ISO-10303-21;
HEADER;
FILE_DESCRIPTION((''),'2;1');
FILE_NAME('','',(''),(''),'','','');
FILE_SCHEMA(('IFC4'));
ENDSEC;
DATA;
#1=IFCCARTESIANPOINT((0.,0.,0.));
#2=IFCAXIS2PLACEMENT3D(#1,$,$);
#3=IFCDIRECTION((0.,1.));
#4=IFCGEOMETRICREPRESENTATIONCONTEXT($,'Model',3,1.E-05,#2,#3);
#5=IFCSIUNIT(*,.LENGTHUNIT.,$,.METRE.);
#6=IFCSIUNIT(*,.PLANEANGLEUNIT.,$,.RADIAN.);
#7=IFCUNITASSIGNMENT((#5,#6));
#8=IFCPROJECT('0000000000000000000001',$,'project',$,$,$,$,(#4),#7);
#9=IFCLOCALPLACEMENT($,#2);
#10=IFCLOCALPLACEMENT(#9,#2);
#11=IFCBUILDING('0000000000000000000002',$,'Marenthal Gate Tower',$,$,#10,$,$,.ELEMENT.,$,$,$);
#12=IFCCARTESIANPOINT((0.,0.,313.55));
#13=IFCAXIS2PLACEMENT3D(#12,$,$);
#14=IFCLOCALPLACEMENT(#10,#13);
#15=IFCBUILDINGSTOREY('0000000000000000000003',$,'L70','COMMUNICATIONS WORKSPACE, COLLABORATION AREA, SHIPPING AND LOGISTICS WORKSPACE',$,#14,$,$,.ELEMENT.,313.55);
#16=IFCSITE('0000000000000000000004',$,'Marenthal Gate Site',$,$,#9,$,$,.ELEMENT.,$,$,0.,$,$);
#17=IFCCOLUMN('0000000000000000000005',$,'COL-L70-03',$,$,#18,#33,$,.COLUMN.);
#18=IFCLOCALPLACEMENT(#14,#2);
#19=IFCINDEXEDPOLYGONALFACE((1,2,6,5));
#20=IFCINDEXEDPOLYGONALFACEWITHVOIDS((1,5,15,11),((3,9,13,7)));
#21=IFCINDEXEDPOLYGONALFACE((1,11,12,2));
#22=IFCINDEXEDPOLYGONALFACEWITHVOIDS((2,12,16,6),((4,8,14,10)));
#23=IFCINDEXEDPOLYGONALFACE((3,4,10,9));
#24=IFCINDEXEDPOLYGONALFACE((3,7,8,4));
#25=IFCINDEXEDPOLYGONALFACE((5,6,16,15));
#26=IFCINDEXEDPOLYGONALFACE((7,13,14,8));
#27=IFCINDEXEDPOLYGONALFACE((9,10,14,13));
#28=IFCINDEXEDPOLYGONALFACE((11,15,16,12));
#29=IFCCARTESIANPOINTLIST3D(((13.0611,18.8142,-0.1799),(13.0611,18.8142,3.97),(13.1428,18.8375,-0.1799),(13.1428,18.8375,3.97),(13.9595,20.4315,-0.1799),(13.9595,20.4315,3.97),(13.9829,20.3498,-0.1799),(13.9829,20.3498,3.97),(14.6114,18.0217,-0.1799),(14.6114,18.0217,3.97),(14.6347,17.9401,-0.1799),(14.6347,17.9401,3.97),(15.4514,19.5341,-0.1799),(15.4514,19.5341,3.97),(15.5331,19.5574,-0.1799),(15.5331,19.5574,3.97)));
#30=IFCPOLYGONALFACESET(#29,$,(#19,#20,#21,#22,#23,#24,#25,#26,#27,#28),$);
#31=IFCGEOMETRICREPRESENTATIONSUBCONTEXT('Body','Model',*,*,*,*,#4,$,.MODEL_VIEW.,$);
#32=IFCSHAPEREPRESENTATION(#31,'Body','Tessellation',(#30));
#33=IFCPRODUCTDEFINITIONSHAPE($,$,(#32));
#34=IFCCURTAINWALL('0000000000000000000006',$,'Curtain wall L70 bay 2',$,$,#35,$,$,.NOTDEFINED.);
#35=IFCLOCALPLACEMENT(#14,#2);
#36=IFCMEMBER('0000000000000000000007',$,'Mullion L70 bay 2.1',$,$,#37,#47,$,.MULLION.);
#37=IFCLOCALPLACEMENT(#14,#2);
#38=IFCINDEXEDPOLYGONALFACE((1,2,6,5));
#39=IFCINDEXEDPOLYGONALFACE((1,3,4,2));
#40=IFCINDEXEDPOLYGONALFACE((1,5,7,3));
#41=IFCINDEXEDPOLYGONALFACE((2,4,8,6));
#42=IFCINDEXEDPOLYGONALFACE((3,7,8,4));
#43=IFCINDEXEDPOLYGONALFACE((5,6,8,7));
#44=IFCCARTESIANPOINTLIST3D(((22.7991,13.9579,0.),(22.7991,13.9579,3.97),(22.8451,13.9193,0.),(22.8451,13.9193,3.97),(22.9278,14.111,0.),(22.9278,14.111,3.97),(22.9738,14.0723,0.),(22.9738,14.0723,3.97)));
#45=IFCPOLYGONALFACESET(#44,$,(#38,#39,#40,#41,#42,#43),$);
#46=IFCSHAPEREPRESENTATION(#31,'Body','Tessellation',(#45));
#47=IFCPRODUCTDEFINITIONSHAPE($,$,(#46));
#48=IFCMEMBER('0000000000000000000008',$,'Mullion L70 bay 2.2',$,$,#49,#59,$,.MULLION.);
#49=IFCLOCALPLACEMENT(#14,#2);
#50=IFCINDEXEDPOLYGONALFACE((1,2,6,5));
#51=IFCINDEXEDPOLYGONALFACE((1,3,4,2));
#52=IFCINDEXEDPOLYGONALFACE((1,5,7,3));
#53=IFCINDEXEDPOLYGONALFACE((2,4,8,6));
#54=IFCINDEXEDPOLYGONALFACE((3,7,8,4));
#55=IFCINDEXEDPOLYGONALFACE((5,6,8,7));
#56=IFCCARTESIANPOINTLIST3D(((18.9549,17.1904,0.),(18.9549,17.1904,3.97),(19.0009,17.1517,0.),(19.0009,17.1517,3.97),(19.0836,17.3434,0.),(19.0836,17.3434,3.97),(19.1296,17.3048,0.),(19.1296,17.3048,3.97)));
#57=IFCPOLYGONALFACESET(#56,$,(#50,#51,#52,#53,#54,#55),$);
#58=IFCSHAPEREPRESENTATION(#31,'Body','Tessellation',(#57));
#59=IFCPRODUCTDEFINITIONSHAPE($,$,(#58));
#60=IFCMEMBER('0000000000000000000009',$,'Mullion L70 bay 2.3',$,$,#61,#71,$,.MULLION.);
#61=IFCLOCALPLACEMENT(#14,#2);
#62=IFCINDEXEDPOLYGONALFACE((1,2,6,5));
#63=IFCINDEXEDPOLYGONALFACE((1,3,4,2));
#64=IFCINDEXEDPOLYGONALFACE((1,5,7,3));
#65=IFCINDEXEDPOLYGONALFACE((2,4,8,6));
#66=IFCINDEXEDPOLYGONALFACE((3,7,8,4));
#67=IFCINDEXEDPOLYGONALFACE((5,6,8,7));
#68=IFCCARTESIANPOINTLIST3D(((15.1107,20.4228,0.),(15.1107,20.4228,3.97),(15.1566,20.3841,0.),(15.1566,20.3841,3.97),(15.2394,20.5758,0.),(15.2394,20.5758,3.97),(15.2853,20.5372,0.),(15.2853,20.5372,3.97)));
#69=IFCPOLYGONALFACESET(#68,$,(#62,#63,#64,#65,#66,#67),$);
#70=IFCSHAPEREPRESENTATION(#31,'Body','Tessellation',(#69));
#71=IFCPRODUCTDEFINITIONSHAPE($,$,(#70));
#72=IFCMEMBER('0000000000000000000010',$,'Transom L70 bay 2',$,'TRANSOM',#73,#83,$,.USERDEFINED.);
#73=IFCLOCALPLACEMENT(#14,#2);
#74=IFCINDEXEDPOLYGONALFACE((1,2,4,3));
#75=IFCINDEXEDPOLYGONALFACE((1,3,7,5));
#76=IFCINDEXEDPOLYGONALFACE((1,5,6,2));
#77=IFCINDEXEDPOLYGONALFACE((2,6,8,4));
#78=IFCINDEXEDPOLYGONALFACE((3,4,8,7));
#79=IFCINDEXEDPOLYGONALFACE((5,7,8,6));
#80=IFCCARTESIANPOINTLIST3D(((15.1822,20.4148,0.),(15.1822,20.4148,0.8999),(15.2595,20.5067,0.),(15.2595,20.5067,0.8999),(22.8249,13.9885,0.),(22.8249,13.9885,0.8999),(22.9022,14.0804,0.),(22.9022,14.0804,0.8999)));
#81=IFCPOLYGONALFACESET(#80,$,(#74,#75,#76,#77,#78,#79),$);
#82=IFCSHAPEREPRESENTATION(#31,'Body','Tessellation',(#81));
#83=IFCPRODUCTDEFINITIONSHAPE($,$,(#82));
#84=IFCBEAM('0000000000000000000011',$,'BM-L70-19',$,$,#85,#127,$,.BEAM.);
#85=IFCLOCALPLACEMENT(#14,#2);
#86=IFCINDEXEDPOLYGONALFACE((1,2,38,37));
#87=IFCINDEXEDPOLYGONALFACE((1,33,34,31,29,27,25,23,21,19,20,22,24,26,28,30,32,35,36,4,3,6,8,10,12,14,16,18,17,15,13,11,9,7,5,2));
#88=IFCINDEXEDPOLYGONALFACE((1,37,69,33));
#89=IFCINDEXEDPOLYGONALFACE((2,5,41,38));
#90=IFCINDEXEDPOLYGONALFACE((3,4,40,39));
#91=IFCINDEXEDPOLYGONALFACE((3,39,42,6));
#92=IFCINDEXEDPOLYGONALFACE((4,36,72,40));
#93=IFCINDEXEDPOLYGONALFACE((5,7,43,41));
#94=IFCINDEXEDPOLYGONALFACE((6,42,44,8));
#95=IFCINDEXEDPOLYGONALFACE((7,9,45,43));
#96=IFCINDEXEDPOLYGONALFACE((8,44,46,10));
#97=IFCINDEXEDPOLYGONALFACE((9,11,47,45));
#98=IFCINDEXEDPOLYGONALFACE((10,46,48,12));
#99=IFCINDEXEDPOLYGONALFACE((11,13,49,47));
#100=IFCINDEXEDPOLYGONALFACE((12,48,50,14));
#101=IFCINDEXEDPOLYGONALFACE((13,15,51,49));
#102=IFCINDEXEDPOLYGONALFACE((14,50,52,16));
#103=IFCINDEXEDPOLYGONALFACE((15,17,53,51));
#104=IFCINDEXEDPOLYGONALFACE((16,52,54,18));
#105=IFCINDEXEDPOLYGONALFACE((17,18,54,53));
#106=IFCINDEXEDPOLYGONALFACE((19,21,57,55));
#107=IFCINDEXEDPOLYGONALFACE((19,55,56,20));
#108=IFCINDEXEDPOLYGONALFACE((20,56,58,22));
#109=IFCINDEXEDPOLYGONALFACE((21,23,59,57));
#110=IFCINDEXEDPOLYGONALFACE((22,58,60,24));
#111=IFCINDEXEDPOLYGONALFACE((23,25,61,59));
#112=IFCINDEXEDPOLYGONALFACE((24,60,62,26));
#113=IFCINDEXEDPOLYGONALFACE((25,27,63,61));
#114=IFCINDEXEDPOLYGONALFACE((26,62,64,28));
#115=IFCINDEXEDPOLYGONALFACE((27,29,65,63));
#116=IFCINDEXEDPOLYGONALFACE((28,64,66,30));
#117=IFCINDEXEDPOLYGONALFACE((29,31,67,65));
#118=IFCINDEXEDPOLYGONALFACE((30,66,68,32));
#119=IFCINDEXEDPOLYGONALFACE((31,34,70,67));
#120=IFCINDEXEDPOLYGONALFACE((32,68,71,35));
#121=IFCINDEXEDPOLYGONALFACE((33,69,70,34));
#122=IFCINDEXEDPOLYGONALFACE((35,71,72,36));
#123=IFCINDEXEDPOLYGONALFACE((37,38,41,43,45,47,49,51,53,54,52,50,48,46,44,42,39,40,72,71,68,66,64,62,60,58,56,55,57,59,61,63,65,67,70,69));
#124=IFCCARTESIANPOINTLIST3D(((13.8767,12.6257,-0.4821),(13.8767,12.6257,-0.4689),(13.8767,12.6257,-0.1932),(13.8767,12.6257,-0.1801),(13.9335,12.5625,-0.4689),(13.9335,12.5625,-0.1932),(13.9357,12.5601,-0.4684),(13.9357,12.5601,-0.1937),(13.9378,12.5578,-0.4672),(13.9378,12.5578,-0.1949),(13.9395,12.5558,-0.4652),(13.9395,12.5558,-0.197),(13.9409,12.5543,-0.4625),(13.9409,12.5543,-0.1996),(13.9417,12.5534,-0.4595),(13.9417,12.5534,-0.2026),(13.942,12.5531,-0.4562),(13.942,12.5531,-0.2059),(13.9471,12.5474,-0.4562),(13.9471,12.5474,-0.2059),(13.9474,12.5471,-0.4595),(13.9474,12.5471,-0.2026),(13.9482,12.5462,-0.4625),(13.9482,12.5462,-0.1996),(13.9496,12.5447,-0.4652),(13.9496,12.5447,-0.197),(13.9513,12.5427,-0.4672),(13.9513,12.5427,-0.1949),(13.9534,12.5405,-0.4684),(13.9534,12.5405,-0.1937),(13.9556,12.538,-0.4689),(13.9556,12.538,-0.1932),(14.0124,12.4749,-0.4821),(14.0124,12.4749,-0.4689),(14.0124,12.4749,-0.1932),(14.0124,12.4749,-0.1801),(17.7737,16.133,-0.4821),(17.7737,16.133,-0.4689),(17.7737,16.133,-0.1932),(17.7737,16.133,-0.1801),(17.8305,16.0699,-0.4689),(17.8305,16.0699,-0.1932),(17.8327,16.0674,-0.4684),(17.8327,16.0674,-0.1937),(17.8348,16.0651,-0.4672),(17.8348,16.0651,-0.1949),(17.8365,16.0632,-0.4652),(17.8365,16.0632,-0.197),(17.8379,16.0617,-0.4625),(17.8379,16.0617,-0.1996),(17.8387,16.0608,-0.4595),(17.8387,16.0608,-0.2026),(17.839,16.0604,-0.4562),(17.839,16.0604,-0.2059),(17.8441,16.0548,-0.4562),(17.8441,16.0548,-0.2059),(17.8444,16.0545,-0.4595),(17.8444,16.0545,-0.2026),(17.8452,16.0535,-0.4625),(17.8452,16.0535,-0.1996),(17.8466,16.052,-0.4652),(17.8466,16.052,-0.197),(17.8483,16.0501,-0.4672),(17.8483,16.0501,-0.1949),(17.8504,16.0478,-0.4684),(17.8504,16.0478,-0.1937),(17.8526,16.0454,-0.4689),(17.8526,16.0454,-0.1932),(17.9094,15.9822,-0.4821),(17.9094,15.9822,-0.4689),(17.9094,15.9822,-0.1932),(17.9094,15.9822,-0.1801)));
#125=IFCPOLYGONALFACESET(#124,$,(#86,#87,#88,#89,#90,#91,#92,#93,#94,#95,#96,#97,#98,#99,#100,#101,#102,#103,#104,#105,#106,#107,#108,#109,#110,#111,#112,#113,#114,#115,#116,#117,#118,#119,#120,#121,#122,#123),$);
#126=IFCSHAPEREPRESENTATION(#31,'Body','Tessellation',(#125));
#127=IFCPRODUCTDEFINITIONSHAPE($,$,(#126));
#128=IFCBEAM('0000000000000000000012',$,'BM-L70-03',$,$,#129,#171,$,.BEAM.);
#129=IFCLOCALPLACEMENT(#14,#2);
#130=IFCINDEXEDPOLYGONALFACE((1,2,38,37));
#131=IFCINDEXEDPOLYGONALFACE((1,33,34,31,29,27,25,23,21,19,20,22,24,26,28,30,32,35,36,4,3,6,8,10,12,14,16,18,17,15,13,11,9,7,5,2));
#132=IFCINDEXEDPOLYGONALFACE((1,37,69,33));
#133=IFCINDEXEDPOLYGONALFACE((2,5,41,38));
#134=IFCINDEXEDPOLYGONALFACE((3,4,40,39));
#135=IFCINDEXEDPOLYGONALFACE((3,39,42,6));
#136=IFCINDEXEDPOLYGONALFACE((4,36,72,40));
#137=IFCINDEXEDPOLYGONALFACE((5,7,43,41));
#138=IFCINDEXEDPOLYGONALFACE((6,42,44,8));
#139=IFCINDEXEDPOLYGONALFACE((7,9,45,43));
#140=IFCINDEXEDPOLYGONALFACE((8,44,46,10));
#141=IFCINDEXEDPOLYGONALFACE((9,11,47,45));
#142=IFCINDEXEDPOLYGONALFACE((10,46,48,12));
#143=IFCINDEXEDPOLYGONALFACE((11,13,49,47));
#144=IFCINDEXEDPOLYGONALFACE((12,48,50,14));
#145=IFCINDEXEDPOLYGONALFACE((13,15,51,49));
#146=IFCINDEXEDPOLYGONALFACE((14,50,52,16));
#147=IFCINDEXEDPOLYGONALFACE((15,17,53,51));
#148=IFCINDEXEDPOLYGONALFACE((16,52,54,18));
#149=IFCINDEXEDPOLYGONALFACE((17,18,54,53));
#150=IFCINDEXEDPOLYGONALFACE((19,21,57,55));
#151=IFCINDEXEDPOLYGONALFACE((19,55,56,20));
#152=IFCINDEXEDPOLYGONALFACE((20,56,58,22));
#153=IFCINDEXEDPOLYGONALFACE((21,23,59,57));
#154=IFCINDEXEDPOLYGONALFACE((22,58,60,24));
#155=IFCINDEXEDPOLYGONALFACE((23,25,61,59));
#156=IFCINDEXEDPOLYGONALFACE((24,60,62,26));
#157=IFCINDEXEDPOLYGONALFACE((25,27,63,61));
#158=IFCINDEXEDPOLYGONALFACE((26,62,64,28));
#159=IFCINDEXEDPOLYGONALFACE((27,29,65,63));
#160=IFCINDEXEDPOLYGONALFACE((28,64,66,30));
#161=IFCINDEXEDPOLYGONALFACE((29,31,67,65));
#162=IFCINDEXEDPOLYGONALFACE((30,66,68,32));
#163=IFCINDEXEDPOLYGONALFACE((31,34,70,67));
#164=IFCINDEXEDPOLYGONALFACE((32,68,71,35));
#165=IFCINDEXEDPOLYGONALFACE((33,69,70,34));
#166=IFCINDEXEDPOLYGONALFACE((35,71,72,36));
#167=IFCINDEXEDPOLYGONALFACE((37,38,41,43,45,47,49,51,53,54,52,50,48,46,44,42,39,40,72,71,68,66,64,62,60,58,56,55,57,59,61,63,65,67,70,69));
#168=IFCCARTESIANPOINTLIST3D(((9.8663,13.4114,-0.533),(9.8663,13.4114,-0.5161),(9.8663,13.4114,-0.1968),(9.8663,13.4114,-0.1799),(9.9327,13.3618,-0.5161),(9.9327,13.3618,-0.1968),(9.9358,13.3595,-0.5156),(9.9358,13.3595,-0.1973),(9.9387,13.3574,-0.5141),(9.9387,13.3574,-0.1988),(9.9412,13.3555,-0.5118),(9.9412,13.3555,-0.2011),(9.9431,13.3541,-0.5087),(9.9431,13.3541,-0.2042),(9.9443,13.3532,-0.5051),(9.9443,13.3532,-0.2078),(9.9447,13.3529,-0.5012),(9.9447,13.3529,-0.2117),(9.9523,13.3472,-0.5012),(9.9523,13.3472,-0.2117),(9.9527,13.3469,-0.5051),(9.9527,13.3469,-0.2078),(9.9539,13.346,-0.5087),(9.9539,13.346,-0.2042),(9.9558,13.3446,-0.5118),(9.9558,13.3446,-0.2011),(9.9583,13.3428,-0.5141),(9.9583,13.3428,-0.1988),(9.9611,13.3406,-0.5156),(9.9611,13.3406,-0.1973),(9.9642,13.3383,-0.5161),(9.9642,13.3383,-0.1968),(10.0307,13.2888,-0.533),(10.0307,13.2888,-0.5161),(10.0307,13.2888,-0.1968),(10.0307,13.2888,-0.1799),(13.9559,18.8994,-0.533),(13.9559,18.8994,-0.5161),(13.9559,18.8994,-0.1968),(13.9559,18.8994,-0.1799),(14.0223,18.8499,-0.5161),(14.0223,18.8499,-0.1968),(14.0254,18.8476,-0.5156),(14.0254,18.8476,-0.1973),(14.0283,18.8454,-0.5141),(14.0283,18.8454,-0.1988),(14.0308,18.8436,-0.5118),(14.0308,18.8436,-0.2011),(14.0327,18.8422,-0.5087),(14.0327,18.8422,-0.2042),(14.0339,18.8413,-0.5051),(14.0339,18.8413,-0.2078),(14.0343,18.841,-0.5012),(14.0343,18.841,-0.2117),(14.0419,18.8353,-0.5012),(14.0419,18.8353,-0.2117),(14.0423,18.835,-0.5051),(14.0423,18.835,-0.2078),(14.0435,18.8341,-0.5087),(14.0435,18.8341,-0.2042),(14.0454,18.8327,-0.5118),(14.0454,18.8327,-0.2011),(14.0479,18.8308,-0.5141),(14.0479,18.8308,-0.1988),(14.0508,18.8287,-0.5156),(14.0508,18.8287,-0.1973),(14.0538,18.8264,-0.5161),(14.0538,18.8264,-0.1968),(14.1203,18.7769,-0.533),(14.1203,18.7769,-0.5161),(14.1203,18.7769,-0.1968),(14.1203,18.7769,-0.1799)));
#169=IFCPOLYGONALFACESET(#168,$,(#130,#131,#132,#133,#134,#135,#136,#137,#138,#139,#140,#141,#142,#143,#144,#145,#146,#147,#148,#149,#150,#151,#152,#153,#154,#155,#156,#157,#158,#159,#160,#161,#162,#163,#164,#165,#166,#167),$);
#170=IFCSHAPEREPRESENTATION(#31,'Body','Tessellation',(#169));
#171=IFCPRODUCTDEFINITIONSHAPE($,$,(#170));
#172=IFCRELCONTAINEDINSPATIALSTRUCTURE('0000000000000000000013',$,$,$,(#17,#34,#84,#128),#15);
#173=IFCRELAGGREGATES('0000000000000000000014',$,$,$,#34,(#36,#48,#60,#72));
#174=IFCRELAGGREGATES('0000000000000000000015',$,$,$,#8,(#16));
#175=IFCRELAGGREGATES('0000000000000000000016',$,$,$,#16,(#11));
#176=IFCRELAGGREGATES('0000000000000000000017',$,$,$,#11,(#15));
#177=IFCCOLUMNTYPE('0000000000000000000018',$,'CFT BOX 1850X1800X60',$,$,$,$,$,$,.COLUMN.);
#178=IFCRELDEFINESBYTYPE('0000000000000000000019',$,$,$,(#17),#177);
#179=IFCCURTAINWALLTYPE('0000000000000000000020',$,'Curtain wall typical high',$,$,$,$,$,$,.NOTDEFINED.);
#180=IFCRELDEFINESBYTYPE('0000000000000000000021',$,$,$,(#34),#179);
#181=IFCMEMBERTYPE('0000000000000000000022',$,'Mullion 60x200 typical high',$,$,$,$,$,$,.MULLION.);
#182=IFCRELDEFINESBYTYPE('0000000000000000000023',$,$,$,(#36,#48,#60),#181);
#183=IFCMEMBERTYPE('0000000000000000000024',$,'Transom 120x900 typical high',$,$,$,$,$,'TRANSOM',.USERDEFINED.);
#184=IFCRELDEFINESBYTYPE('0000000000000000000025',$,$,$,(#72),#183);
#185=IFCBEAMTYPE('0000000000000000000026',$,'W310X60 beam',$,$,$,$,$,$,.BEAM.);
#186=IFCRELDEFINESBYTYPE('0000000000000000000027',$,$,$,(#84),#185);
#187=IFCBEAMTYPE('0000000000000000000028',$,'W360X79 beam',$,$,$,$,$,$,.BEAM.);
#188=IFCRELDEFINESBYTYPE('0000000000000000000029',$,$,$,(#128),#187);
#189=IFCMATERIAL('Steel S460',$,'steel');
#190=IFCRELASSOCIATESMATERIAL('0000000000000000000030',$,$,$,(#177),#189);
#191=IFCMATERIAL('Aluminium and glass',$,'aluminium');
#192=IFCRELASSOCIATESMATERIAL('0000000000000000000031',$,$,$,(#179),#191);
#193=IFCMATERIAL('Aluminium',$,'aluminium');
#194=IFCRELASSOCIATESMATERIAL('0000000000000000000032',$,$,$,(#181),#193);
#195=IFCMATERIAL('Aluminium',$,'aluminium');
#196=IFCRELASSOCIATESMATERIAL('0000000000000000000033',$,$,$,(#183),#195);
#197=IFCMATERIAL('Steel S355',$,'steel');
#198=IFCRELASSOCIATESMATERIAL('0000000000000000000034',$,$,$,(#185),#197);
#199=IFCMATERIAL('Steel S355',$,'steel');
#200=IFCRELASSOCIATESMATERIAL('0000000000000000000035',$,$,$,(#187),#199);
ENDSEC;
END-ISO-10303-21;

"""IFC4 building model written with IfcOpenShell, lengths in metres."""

from ifc_helpers import new_model, si_unit, direction, frame, origin, origin_2d, place, context, subcontext, project, spatial, rectangle, hollow_rectangle, i_section, extrude, material, material_profile, profile_set, type_object, element, aggregate, save


model = new_model("IFC4")

# Units and contexts
model_context = context("Model", 3, precision=1e-05, world=origin(), true_north=direction((0.0, 1.0)))
body_context = subcontext(model_context, "Body", "Model", "MODEL_VIEW")
ifc_project = project(units=[si_unit("LENGTHUNIT", "METRE"), si_unit("PLANEANGLEUNIT", "RADIAN")], contexts=[model_context])

# Site, building, storey
site_placement = place(None, origin())
site = spatial("IfcSite", under=ifc_project, at=site_placement, Name="Marenthal Gate Site", CompositionType="ELEMENT", RefElevation=0.0)
building_placement = place(site_placement, origin())
building = spatial("IfcBuilding", under=site, at=building_placement, Name="Marenthal Gate Tower", CompositionType="ELEMENT")
storey_placement = place(building_placement, frame((0.0, 0.0, 313.55)))
storey = spatial("IfcBuildingStorey", under=building, at=storey_placement, Name="L70", Description="COMMUNICATIONS WORKSPACE, COLLABORATION AREA, SHIPPING AND LOGISTICS WORKSPACE", CompositionType="ELEMENT", Elevation=313.55)

# Column
ifc_material_1 = material(Name="Steel S460", Category="steel")
ifc_material_profile_1 = material_profile(ifc_material_1, hollow_rectangle(XDim=1.8, YDim=1.8501, WallThickness=0.0601, at=origin_2d()), Name="CFT BOX 1850X1800X60")
ifc_material_2 = material(Name="Concrete 70 MPa", Category="concrete")
ifc_material_profile_2 = material_profile(ifc_material_2, rectangle(XDim=1.6799, YDim=1.73, at=origin_2d()), Name="CFT BOX 1850X1800X60 INFILL")
ifc_profile_set_1 = profile_set([ifc_material_profile_1, ifc_material_profile_2], Name="Steel S460 shell, Concrete 70 MPa infill")
column_type = type_object("IfcColumnType", Name="CFT BOX 1850X1800X60", PredefinedType="COLUMN", material=ifc_profile_set_1)
column_placement = place(storey_placement, frame((14.2971, 19.1858, -0.1799), z_axis=(0.0, 0.0, 1.0), x_axis=(0.874186, -0.485591, 0.0)))
element("IfcColumn", 1, at=column_placement, inside=storey, type_object=column_type, Name="COL-L70-03", PredefinedType="COLUMN", context=body_context, shape_type="SweptSolid", body=[
    extrude(hollow_rectangle(XDim=1.8, YDim=1.8501, WallThickness=0.0601, at=origin_2d()), origin(), (0.0, 0.0, 1.0), 4.1499),
])

# Curtain wall, members
ifc_material_3 = material(Name="Aluminium and glass", Category="aluminium")
curtain_wall_type = type_object("IfcCurtainWallType", Name="Curtain wall typical high", PredefinedType="NOTDEFINED", material=ifc_material_3)
curtain_wall_placement = place(storey_placement, origin())
curtain_wall = element("IfcCurtainWall", 2, at=curtain_wall_placement, inside=storey, type_object=curtain_wall_type, Name="Curtain wall L70 bay 2", PredefinedType="NOTDEFINED")
ifc_material_4 = material(Name="Aluminium", Category="aluminium")
ifc_material_profile_3 = material_profile(ifc_material_4, rectangle(XDim=0.2, YDim=0.0601, at=origin_2d()), Name="60x200 aluminium mullion")
ifc_profile_set_2 = profile_set([ifc_material_profile_3], Name="Aluminium")
member_type_1 = type_object("IfcMemberType", Name="Mullion 60x200 typical high", PredefinedType="MULLION", material=ifc_profile_set_2)
member_1_placement = place(storey_placement, frame((22.8865, 14.0151, 0.0), z_axis=(0.0, 0.0, 1.0), x_axis=(-0.64357, -0.765387, 0.0)))
member_1 = element("IfcMember", 3, at=member_1_placement, type_object=member_type_1, Name="Mullion L70 bay 2.1", PredefinedType="MULLION", context=body_context, shape_type="SweptSolid", body=[
    extrude(rectangle(XDim=0.2, YDim=0.0601, at=origin_2d()), origin(), (0.0, 0.0, 1.0), 3.97),
])
member_2_placement = place(storey_placement, frame((19.0422, 17.2476, 0.0), z_axis=(0.0, 0.0, 1.0), x_axis=(-0.64357, -0.765387, 0.0)))
member_2 = element("IfcMember", 4, at=member_2_placement, type_object=member_type_1, Name="Mullion L70 bay 2.2", PredefinedType="MULLION", context=body_context, shape_type="SweptSolid", body=[
    extrude(rectangle(XDim=0.2, YDim=0.0601, at=origin_2d()), origin(), (0.0, 0.0, 1.0), 3.97),
])
member_3_placement = place(storey_placement, frame((15.198, 20.48, 0.0), z_axis=(0.0, 0.0, 1.0), x_axis=(-0.64357, -0.765387, 0.0)))
member_3 = element("IfcMember", 5, at=member_3_placement, type_object=member_type_1, Name="Mullion L70 bay 2.3", PredefinedType="MULLION", context=body_context, shape_type="SweptSolid", body=[
    extrude(rectangle(XDim=0.2, YDim=0.0601, at=origin_2d()), origin(), (0.0, 0.0, 1.0), 3.97),
])
ifc_material_5 = material(Name="Aluminium", Category="aluminium")
ifc_material_profile_4 = material_profile(ifc_material_5, rectangle(XDim=0.1201, YDim=0.8999, at=origin_2d()), Name="120x900 aluminium transom")
ifc_profile_set_3 = profile_set([ifc_material_profile_4], Name="Aluminium")
member_type_2 = type_object("IfcMemberType", Name="Transom 120x900 typical high", ElementType="TRANSOM", PredefinedType="USERDEFINED", material=ifc_profile_set_3)
member_4_placement = place(storey_placement, frame((22.8635, 14.0344, 0.45), z_axis=(-0.765384, 0.643574, 0.0), x_axis=(-0.643574, -0.765384, 0.0)))
member_4 = element("IfcMember", 6, at=member_4_placement, type_object=member_type_2, Name="Transom L70 bay 2", ObjectType="TRANSOM", PredefinedType="USERDEFINED", context=body_context, shape_type="SweptSolid", body=[
    extrude(rectangle(XDim=0.1201, YDim=0.8999, at=origin_2d()), origin(), (0.0, 0.0, 1.0), 9.9854),
])

# Beams
ifc_material_6 = material(Name="Steel S355", Category="steel")
ifc_material_profile_5 = material_profile(ifc_material_6, i_section(OverallWidth=0.2029, OverallDepth=0.302, WebThickness=0.0076, FlangeThickness=0.0132, FilletRadius=0.0127, at=origin_2d()), Name="W310X60")
ifc_profile_set_4 = profile_set([ifc_material_profile_5], Name="Steel S355")
beam_type_1 = type_object("IfcBeamType", Name="W310X60 beam", PredefinedType="BEAM", material=ifc_profile_set_4)
beam_1_placement = place(storey_placement, frame((17.8416, 16.0576, -0.3311), z_axis=(-0.74329, -0.66897, 0.0), x_axis=(0.66897, -0.74329, 0.0)))
element("IfcBeam", 7, at=beam_1_placement, inside=storey, type_object=beam_type_1, Name="BM-L70-19", PredefinedType="BEAM", context=body_context, shape_type="SweptSolid", body=[
    extrude(i_section(OverallWidth=0.2029, OverallDepth=0.302, WebThickness=0.0076, FlangeThickness=0.0132, FilletRadius=0.0127, at=origin_2d()), origin(), (0.0, 0.0, 1.0), 5.2429),
])
ifc_material_7 = material(Name="Steel S355", Category="steel")
ifc_material_profile_6 = material_profile(ifc_material_7, i_section(OverallWidth=0.2051, OverallDepth=0.353, WebThickness=0.0095, FlangeThickness=0.0168, FilletRadius=0.0149, at=origin_2d()), Name="W360X79")
ifc_profile_set_5 = profile_set([ifc_material_profile_6], Name="Steel S355")
beam_type_2 = type_object("IfcBeamType", Name="W360X79 beam", PredefinedType="BEAM", material=ifc_profile_set_5)
beam_2_placement = place(storey_placement, frame((14.0381, 18.8381, -0.3564), z_axis=(-0.597526, -0.80185, 0.0), x_axis=(0.80185, -0.597526, 0.0)))
element("IfcBeam", 8, at=beam_2_placement, inside=storey, type_object=beam_type_2, Name="BM-L70-03", PredefinedType="BEAM", context=body_context, shape_type="SweptSolid", body=[
    extrude(i_section(OverallWidth=0.2051, OverallDepth=0.353, WebThickness=0.0095, FlangeThickness=0.0168, FilletRadius=0.0149, at=origin_2d()), origin(), (0.0, 0.0, 1.0), 6.8442),
])

aggregate(curtain_wall, [member_1, member_2, member_3, member_4])

save(model, "model.ifc")
